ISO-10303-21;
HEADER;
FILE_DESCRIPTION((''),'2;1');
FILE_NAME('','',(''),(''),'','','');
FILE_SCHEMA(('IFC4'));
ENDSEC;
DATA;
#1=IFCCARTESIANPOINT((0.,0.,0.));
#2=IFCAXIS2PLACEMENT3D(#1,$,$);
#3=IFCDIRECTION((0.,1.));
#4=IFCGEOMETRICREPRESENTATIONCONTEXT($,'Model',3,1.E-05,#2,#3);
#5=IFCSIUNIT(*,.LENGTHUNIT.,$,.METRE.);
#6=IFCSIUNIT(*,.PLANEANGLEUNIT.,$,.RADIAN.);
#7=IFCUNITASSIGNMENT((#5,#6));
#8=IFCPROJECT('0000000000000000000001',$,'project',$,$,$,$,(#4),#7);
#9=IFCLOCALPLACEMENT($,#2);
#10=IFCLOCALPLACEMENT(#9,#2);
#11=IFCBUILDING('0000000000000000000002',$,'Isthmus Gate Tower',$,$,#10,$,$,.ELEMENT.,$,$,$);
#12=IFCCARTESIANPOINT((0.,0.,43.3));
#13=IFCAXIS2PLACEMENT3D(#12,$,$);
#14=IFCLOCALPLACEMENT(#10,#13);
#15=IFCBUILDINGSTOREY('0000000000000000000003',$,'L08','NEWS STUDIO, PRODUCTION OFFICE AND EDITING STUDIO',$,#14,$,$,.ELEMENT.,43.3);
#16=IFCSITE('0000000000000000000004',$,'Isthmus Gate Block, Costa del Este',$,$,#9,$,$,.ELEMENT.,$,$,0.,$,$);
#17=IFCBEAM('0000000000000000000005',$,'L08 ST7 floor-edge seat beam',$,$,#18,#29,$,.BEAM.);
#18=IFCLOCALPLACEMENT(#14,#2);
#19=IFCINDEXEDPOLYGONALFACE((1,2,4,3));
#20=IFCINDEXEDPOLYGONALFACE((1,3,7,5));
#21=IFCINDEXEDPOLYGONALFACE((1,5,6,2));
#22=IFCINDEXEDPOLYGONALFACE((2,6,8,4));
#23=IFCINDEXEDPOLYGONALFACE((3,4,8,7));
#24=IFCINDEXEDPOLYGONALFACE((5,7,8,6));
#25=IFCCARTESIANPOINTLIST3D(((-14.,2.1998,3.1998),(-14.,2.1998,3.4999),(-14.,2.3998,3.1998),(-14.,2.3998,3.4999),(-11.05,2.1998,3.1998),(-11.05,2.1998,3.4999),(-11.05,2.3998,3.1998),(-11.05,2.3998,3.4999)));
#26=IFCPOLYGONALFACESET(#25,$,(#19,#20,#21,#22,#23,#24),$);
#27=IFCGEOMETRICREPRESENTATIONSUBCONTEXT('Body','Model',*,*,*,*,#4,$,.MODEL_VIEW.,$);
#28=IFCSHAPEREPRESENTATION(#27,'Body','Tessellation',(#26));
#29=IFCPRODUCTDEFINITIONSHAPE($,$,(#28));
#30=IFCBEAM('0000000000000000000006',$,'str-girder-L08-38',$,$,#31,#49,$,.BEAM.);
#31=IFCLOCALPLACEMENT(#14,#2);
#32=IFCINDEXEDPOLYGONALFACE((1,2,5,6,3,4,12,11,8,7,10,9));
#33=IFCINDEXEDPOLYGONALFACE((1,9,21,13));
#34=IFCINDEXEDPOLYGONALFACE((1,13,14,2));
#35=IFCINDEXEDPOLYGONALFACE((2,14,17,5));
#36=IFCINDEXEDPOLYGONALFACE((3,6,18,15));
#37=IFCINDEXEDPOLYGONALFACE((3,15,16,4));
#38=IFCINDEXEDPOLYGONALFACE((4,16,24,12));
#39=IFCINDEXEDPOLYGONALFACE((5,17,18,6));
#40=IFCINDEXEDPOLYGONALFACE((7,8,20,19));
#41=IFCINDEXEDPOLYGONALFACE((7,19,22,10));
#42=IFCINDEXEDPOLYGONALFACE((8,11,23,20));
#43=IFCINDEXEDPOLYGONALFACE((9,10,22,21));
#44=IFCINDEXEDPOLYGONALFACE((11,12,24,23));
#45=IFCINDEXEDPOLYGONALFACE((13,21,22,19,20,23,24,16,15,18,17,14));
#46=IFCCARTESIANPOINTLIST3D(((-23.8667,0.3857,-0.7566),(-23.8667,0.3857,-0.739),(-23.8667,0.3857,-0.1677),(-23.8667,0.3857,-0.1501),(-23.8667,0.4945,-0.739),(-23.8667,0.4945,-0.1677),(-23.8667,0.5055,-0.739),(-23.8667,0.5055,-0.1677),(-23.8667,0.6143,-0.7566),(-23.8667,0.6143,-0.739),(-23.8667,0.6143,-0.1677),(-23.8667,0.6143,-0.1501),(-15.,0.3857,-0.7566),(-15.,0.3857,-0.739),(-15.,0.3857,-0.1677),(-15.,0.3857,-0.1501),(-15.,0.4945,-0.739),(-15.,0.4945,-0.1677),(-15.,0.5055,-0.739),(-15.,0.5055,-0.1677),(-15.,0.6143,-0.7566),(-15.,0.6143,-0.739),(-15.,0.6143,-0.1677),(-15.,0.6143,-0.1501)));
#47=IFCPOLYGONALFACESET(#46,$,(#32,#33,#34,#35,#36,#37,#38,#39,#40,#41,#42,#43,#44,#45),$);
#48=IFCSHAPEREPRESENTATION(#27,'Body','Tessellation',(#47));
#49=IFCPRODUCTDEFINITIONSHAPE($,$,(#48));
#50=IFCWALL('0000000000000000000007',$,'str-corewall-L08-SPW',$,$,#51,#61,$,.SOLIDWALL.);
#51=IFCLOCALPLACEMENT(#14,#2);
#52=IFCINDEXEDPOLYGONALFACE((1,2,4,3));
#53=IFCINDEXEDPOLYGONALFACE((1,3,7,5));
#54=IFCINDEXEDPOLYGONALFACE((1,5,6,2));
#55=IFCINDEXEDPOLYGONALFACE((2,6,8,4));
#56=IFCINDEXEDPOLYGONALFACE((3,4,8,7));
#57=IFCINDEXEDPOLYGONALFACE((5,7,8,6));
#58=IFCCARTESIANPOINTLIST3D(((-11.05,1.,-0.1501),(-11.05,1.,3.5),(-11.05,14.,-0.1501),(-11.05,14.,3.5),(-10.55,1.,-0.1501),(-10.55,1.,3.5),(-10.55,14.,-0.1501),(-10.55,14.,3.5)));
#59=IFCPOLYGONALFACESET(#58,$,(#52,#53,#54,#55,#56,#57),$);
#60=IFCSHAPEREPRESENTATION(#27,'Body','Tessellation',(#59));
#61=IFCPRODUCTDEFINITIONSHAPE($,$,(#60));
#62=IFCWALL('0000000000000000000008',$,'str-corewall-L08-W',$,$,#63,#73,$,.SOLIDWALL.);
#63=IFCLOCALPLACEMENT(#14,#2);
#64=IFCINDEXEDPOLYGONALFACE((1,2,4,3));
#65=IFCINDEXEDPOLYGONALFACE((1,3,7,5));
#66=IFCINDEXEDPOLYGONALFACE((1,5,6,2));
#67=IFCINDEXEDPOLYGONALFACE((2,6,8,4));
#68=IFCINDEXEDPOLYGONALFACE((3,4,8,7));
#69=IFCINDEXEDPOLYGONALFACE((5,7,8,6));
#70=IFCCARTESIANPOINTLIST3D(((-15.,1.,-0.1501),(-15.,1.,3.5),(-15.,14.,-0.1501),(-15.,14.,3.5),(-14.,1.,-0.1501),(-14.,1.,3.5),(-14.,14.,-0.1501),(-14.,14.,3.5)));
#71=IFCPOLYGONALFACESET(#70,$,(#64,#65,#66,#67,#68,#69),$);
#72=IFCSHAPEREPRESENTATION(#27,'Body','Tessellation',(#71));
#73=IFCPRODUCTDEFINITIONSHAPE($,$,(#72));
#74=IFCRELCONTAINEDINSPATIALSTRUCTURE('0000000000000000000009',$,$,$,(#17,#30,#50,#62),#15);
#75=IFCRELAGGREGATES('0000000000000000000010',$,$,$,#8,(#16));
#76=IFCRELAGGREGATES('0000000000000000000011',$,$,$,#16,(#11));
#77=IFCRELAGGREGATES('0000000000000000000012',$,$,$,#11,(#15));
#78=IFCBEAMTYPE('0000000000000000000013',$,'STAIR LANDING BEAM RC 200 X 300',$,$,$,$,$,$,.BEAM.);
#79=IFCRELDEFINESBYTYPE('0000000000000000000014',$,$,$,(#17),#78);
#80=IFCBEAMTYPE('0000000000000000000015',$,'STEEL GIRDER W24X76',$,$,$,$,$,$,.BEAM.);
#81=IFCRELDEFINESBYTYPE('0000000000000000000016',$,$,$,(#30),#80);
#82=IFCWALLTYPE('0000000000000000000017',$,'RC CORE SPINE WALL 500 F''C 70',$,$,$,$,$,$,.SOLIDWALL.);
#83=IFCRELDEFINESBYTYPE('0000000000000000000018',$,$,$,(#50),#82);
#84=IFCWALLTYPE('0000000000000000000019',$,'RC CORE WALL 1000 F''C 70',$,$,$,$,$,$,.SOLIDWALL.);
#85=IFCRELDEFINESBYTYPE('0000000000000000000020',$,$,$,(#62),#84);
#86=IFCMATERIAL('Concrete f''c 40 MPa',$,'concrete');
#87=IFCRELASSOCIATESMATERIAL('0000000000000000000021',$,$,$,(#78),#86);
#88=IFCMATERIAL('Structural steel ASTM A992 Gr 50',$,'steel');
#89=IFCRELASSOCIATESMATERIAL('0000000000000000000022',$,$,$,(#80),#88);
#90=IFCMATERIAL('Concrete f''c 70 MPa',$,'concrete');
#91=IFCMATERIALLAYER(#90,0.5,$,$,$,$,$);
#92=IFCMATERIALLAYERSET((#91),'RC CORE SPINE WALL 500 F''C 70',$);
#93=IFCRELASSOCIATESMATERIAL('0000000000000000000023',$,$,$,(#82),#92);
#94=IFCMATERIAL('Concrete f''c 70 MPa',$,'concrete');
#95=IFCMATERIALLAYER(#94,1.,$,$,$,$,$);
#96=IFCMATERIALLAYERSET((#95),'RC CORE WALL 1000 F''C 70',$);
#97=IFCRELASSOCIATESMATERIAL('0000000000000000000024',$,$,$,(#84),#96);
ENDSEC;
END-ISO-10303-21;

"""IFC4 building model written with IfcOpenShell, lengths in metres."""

from ifc_helpers import new_model, si_unit, direction, frame, frame_2d, origin, origin_2d, place, context, subcontext, project, spatial, rectangle, i_section, extrude, material, layer, layer_set, material_profile, profile_set, type_object, element, save


model = new_model("IFC4")

# Units and contexts
model_context = context("Model", 3, precision=1e-05, world=origin(), true_north=direction((0.0, 1.0)))
body_context = subcontext(model_context, "Body", "Model", "MODEL_VIEW")
ifc_project = project(units=[si_unit("LENGTHUNIT", "METRE"), si_unit("PLANEANGLEUNIT", "RADIAN")], contexts=[model_context])

# Site, building, storey
site_placement = place(None, origin())
site = spatial("IfcSite", under=ifc_project, at=site_placement, Name="Isthmus Gate Block, Costa del Este", CompositionType="ELEMENT", RefElevation=0.0)
building_placement = place(site_placement, origin())
building = spatial("IfcBuilding", under=site, at=building_placement, Name="Isthmus Gate Tower", CompositionType="ELEMENT")
storey_placement = place(building_placement, frame((0.0, 0.0, 43.3)))
storey = spatial("IfcBuildingStorey", under=building, at=storey_placement, Name="L08", Description="NEWS STUDIO, PRODUCTION OFFICE AND EDITING STUDIO", CompositionType="ELEMENT", Elevation=43.3)

# Beams
ifc_material_1 = material(Name="Concrete f'c 40 MPa", Category="concrete")
ifc_material_profile_1 = material_profile(ifc_material_1, rectangle(XDim=0.2, YDim=0.3, at=origin_2d()), Name="STAIR LANDING BEAM RC 200 X 300")
ifc_profile_set_1 = profile_set([ifc_material_profile_1], Name="Concrete f'c 40 MPa")
beam_type_1 = type_object("IfcBeamType", Name="STAIR LANDING BEAM RC 200 X 300", PredefinedType="BEAM", material=ifc_profile_set_1)
beam_1_placement = place(storey_placement, frame((-14.0, 2.2998, 3.3499), z_axis=(1.0, 0.0, 0.0), x_axis=(0.0, 1.0, 0.0)))
element("IfcBeam", 1, at=beam_1_placement, inside=storey, type_object=beam_type_1, Name="L08 ST7 floor-edge seat beam", PredefinedType="BEAM", context=body_context, shape_type="SweptSolid", body=[
    extrude(rectangle(XDim=0.2, YDim=0.3, at=origin_2d()), origin(), (0.0, 0.0, 1.0), 2.95),
])
ifc_material_2 = material(Name="Structural steel ASTM A992 Gr 50", Category="steel")
ifc_material_profile_2 = material_profile(ifc_material_2, i_section(OverallWidth=0.2285, OverallDepth=0.6064, WebThickness=0.011, FlangeThickness=0.0176, at=origin_2d()), Name="W24X76")
ifc_profile_set_2 = profile_set([ifc_material_profile_2], Name="Structural steel ASTM A992 Gr 50")
beam_type_2 = type_object("IfcBeamType", Name="STEEL GIRDER W24X76", PredefinedType="BEAM", material=ifc_profile_set_2)
beam_2_placement = place(storey_placement, frame((-15.0, 0.5, -0.4534), z_axis=(-1.0, 0.0, 0.0), x_axis=(0.0, -1.0, 0.0)))
element("IfcBeam", 2, at=beam_2_placement, inside=storey, type_object=beam_type_2, Name="str-girder-L08-38", PredefinedType="BEAM", context=body_context, shape_type="SweptSolid", body=[
    extrude(i_section(OverallWidth=0.2285, OverallDepth=0.6064, WebThickness=0.011, FlangeThickness=0.0176, at=origin_2d()), origin(), (0.0, 0.0, 1.0), 8.8667),
])

# Walls
ifc_material_3 = material(Name="Concrete f'c 70 MPa", Category="concrete")
ifc_layer_1 = layer(ifc_material_3, 0.5)
ifc_layer_set_1 = layer_set([ifc_layer_1], Name="RC CORE SPINE WALL 500 F'C 70")
wall_type_1 = type_object("IfcWallType", Name="RC CORE SPINE WALL 500 F'C 70", PredefinedType="SOLIDWALL", material=ifc_layer_set_1)
wall_1_placement = place(storey_placement, frame((-10.8, 1.0, -0.1501), z_axis=(0.0, 0.0, 1.0), x_axis=(0.0, 1.0, 0.0)))
element("IfcWall", 3, at=wall_1_placement, inside=storey, type_object=wall_type_1, Name="str-corewall-L08-SPW", PredefinedType="SOLIDWALL", context=body_context, shape_type="SweptSolid", body=[
    extrude(rectangle(XDim=13.0, YDim=0.5, at=frame_2d((6.5, 0.0))), origin(), (0.0, 0.0, 1.0), 3.6501),
])
ifc_material_4 = material(Name="Concrete f'c 70 MPa", Category="concrete")
ifc_layer_2 = layer(ifc_material_4, 1.0)
ifc_layer_set_2 = layer_set([ifc_layer_2], Name="RC CORE WALL 1000 F'C 70")
wall_type_2 = type_object("IfcWallType", Name="RC CORE WALL 1000 F'C 70", PredefinedType="SOLIDWALL", material=ifc_layer_set_2)
wall_2_placement = place(storey_placement, frame((-14.5, 1.0, -0.1501), z_axis=(0.0, 0.0, 1.0), x_axis=(0.0, 1.0, 0.0)))
element("IfcWall", 4, at=wall_2_placement, inside=storey, type_object=wall_type_2, Name="str-corewall-L08-W", PredefinedType="SOLIDWALL", context=body_context, shape_type="SweptSolid", body=[
    extrude(rectangle(XDim=13.0, YDim=1.0, at=frame_2d((6.5, 0.0))), origin(), (0.0, 0.0, 1.0), 3.6501),
])

save(model, "model.ifc")
